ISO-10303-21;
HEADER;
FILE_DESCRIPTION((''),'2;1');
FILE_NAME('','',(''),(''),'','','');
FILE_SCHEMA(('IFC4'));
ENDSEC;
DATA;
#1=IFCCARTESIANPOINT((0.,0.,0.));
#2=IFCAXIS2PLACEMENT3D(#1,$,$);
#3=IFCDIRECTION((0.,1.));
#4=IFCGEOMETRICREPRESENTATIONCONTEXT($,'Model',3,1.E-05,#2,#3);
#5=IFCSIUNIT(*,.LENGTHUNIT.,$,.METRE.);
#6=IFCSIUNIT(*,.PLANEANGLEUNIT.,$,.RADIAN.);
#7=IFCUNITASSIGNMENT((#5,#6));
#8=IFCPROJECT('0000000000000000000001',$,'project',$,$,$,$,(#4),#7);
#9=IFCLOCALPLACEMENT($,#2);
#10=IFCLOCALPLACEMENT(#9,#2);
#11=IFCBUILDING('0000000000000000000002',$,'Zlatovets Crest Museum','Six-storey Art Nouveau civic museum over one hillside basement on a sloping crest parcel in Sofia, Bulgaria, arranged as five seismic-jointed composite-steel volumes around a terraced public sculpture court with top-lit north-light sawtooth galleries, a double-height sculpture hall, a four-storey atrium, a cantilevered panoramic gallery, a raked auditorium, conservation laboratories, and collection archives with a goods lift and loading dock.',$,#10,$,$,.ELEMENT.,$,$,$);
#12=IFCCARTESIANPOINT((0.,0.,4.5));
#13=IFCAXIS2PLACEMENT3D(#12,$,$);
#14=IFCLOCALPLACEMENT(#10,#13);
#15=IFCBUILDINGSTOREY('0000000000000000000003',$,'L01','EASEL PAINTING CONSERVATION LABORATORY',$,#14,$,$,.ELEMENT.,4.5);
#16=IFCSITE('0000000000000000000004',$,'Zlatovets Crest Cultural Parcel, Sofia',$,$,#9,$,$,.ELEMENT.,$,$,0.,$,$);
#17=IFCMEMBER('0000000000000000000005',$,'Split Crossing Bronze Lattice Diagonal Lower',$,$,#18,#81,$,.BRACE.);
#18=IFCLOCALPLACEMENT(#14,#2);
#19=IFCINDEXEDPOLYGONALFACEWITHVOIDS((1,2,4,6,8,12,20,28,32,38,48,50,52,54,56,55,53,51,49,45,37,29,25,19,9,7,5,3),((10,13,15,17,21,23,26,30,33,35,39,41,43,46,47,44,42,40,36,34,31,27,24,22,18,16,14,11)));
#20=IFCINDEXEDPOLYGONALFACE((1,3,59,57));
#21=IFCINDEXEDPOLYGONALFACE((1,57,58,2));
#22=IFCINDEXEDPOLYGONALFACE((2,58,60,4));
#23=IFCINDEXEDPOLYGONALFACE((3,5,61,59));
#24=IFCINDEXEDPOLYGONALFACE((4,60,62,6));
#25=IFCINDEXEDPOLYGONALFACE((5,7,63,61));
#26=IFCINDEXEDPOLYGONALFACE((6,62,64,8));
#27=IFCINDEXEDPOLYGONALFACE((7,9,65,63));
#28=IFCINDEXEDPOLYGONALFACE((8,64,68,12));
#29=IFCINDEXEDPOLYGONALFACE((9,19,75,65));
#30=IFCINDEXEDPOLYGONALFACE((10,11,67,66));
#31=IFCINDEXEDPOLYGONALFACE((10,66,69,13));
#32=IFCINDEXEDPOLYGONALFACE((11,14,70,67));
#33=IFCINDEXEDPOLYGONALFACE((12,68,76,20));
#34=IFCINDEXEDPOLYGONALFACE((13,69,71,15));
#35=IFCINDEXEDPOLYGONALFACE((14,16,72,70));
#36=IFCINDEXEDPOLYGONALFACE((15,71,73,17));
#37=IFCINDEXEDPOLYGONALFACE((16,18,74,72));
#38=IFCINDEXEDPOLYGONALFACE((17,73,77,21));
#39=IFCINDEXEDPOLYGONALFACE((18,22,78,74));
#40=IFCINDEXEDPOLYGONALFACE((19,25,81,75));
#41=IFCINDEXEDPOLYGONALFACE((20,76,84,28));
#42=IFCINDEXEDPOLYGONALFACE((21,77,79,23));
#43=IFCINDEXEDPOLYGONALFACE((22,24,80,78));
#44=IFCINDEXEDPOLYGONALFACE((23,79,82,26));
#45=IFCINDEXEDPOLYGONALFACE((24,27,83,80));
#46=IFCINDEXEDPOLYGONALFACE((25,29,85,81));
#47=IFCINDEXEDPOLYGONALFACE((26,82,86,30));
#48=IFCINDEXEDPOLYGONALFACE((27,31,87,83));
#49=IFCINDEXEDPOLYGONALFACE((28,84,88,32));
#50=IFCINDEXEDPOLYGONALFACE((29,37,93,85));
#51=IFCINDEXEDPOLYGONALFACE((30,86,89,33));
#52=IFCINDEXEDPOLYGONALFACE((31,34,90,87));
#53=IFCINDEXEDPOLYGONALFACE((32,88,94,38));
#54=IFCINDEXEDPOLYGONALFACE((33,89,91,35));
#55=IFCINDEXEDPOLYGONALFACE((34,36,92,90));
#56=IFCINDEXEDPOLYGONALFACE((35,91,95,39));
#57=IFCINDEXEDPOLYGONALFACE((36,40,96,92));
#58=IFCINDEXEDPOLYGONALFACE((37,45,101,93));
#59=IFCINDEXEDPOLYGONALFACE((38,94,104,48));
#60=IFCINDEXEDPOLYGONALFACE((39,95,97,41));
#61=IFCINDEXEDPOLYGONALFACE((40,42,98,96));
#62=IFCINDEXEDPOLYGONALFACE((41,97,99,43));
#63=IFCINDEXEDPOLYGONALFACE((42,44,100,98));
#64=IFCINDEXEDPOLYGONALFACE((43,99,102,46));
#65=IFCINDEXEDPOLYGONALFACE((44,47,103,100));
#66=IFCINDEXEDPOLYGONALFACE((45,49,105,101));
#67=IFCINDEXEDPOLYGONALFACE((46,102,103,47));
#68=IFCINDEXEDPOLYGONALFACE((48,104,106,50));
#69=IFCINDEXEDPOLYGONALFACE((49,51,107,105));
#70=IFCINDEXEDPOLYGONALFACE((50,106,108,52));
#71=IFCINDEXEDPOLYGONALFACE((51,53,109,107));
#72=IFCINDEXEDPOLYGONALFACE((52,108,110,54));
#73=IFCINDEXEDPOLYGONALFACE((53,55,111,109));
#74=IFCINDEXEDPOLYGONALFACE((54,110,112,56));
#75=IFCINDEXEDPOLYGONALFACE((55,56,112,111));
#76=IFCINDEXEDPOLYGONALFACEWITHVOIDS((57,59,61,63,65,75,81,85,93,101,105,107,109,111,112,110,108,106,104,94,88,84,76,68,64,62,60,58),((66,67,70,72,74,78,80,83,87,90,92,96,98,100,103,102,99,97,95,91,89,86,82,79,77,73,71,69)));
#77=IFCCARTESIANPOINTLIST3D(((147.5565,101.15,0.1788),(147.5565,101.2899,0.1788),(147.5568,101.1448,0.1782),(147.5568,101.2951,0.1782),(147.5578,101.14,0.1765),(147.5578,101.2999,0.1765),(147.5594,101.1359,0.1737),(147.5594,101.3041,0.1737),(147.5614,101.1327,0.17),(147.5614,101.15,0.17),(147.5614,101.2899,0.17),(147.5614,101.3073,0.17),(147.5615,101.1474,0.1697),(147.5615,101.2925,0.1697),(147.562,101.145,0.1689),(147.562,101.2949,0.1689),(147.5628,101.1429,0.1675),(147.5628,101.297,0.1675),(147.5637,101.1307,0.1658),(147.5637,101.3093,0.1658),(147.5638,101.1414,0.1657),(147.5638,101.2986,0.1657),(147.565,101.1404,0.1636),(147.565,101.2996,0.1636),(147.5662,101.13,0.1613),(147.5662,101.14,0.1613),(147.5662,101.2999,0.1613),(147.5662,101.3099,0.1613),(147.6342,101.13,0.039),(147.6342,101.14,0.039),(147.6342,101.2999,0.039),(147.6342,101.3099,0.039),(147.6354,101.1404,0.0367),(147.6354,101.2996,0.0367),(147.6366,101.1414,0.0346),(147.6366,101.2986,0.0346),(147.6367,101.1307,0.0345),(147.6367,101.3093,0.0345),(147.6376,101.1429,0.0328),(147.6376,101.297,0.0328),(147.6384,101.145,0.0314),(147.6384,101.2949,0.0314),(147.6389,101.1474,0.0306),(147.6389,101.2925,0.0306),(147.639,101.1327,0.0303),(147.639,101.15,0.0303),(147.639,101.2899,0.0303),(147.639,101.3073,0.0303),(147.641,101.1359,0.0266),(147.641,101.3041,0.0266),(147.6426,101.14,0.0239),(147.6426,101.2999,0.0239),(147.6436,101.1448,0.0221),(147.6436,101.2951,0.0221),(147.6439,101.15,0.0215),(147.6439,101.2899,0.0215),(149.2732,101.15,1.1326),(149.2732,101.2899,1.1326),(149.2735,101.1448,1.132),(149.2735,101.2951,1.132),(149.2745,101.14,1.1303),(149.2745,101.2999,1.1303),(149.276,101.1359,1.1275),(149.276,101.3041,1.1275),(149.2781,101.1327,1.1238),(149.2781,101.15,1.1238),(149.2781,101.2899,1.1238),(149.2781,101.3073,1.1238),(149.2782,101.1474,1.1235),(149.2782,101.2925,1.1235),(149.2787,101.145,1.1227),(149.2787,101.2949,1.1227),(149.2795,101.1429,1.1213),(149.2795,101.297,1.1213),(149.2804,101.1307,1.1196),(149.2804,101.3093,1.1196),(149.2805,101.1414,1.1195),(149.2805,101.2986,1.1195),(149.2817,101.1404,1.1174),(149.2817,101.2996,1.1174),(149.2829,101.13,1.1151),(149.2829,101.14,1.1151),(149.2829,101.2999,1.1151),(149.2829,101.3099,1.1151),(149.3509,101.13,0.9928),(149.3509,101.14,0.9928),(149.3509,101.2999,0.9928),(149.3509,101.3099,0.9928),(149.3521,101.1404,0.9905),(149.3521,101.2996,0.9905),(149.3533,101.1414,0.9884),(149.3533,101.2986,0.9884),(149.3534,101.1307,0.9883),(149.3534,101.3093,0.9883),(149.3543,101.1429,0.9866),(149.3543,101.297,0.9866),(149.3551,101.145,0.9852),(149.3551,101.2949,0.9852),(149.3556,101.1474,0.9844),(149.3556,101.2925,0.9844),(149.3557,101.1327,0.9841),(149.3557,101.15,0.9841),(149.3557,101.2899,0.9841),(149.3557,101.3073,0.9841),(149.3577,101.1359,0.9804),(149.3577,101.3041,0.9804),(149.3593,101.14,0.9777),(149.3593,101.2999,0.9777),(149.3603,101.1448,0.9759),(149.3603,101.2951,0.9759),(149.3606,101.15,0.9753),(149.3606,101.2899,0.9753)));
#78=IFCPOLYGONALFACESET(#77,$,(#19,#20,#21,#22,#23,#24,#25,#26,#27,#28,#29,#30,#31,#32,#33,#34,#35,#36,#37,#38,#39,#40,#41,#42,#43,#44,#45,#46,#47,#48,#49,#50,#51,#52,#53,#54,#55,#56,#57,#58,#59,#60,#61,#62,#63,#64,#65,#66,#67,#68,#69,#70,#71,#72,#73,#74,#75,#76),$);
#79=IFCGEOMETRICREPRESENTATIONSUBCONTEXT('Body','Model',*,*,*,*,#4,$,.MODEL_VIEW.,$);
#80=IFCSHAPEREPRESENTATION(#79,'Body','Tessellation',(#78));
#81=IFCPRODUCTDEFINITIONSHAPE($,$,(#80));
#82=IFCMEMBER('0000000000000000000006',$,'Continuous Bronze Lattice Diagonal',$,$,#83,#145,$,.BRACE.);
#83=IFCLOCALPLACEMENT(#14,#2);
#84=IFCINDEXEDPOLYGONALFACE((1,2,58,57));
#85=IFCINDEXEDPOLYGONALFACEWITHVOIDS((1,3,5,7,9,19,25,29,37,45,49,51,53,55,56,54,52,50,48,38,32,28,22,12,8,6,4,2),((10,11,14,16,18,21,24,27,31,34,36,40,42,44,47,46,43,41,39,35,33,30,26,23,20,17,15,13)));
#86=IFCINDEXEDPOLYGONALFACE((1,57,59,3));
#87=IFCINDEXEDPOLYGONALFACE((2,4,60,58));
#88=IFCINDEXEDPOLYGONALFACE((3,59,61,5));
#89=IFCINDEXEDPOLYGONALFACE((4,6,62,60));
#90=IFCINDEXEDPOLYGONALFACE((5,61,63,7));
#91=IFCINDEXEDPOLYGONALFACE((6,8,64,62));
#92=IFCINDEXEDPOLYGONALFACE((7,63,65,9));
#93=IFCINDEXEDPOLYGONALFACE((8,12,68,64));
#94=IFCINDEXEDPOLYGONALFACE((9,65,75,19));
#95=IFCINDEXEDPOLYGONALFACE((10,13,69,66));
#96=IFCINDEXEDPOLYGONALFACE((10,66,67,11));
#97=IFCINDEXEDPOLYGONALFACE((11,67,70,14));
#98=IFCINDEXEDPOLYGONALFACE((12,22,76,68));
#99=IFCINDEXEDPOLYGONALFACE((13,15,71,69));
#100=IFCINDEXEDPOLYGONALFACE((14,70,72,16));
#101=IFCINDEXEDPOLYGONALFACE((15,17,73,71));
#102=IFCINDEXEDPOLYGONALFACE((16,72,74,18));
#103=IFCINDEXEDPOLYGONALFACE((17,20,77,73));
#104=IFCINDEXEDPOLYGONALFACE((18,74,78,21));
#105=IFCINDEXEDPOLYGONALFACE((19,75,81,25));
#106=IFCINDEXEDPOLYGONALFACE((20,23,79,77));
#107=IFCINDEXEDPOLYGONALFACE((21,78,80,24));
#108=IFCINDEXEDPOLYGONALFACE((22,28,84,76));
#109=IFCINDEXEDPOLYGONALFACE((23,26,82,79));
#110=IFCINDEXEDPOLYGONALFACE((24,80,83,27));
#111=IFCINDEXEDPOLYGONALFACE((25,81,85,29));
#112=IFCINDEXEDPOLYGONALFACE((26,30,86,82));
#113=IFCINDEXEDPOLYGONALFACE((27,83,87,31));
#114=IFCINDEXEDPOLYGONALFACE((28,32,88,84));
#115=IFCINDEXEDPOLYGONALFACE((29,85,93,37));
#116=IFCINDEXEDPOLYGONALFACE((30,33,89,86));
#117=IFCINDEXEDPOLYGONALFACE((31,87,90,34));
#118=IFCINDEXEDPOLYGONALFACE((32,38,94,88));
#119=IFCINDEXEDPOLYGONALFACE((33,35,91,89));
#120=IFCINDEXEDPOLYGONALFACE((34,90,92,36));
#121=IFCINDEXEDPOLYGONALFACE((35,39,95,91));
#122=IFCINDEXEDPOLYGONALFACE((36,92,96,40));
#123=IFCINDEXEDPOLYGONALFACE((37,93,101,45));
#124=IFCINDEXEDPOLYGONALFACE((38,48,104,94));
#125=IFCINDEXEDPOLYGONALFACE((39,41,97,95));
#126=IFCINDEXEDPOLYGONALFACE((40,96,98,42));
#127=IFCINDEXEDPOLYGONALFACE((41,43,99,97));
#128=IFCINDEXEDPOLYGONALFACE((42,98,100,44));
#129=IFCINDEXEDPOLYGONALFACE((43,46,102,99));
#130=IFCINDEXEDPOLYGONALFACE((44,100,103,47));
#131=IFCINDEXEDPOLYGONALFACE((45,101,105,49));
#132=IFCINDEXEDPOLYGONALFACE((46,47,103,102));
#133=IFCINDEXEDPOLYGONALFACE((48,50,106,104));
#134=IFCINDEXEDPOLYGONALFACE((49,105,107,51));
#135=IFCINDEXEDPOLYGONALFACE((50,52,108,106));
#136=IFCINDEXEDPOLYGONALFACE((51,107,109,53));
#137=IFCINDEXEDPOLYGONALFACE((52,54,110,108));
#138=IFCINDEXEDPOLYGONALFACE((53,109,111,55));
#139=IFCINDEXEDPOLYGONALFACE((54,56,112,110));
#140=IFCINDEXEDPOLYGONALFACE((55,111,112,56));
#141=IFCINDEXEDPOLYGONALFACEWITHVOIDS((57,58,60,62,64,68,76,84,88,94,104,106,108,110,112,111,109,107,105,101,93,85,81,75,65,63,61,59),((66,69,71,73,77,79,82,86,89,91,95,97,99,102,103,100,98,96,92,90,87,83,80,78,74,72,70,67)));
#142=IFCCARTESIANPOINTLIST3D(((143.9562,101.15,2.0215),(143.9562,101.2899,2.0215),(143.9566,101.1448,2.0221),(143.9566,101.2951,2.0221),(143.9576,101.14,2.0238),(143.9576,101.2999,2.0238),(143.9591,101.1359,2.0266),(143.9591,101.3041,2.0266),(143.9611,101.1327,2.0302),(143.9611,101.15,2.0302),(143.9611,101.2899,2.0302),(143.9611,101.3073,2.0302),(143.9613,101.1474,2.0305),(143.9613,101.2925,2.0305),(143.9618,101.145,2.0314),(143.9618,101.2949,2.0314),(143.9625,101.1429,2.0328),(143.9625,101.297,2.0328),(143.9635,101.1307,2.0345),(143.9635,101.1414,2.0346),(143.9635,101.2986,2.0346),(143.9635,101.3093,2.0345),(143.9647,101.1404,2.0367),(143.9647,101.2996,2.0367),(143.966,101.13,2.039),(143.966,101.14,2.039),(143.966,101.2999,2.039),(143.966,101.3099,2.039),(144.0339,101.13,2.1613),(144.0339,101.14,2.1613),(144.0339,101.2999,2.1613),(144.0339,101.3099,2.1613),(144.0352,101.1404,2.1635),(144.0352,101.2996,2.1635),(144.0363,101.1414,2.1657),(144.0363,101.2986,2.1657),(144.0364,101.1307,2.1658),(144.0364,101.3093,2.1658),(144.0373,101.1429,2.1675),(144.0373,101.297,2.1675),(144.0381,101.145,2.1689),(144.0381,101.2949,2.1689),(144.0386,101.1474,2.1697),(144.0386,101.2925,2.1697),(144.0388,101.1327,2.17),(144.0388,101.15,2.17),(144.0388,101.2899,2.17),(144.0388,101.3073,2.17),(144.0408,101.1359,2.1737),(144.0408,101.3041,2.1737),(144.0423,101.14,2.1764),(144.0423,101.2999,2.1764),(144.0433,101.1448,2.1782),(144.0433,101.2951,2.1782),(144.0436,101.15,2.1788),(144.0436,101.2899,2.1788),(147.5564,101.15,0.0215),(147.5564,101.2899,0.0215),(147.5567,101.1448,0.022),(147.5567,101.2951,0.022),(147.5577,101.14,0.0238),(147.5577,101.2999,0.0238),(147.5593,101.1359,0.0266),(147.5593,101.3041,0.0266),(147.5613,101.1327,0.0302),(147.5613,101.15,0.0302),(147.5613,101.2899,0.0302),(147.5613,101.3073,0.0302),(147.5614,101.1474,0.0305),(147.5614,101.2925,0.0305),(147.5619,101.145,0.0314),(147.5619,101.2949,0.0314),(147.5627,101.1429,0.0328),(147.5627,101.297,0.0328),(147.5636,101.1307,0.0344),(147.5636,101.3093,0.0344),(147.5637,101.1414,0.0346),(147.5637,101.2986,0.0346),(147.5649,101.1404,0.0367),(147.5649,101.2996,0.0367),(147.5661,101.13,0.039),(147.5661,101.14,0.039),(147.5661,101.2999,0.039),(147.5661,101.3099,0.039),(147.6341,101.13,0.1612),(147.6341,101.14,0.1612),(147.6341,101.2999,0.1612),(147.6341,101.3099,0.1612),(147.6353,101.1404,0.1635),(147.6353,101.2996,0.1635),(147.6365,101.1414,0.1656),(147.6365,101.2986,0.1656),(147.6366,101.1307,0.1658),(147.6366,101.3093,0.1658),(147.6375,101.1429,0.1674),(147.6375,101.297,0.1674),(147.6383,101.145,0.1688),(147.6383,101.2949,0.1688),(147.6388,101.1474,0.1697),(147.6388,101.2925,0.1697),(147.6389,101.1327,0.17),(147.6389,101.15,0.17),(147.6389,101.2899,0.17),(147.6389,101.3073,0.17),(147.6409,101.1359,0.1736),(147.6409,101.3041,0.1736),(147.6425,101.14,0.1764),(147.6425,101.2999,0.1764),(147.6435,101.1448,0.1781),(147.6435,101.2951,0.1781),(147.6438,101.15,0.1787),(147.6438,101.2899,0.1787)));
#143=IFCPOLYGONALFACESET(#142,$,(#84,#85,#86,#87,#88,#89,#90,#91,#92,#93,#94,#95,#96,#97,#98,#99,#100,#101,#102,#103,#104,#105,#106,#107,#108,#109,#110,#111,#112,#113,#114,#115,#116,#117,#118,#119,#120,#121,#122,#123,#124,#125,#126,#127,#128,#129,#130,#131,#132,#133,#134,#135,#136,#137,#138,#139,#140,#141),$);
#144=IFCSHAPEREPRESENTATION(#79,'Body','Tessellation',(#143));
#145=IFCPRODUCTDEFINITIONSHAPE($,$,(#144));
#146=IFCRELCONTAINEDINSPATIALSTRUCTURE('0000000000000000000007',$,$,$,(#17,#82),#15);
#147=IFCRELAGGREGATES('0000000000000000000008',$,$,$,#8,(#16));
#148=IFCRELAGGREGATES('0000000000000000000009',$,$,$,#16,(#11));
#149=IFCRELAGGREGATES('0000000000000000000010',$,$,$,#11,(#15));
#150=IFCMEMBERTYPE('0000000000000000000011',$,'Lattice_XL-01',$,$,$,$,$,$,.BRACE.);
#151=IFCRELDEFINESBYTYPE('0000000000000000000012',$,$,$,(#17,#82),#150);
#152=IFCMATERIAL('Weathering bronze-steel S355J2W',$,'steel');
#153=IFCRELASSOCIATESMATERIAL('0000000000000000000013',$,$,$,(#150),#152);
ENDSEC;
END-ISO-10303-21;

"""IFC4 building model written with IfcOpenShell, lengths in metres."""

from ifc_helpers import new_model, si_unit, direction, frame, origin, origin_2d, place, context, subcontext, project, spatial, hollow_rectangle, extrude, material, material_profile, profile_set, type_object, element, save


model = new_model("IFC4")

# Units and contexts
model_context = context("Model", 3, precision=1e-05, world=origin(), true_north=direction((0.0, 1.0)))
body_context = subcontext(model_context, "Body", "Model", "MODEL_VIEW")
ifc_project = project(units=[si_unit("LENGTHUNIT", "METRE"), si_unit("PLANEANGLEUNIT", "RADIAN")], contexts=[model_context])

# Site, building, storey
site_placement = place(None, origin())
site = spatial("IfcSite", under=ifc_project, at=site_placement, Name="Zlatovets Crest Cultural Parcel, Sofia", CompositionType="ELEMENT", RefElevation=0.0)
building_placement = place(site_placement, origin())
building = spatial("IfcBuilding", under=site, at=building_placement, Name="Zlatovets Crest Museum", Description="Six-storey Art Nouveau civic museum over one hillside basement on a sloping crest parcel in Sofia, Bulgaria, arranged as five seismic-jointed composite-steel volumes around a terraced public sculpture court with top-lit north-light sawtooth galleries, a double-height sculpture hall, a four-storey atrium, a cantilevered panoramic gallery, a raked auditorium, conservation laboratories, and collection archives with a goods lift and loading dock.", CompositionType="ELEMENT")
storey_placement = place(building_placement, frame((0.0, 0.0, 4.5)))
storey = spatial("IfcBuildingStorey", under=building, at=storey_placement, Name="L01", Description="EASEL PAINTING CONSERVATION LABORATORY", CompositionType="ELEMENT", Elevation=4.5)

# Members
ifc_material_1 = material(Name="Weathering bronze-steel S355J2W", Category="steel")
ifc_material_profile_1 = material_profile(ifc_material_1, hollow_rectangle(XDim=0.1799, YDim=0.1799, WallThickness=0.01, InnerFilletRadius=0.01, OuterFilletRadius=0.02, at=origin_2d()), Name="SHS 180x180x10.0")
ifc_profile_set_1 = profile_set([ifc_material_profile_1], Name="Weathering bronze-steel S355J2W")
member_type_1 = type_object("IfcMemberType", Name="Lattice_XL-01", PredefinedType="BRACE", material=ifc_profile_set_1)
member_1_placement = place(storey_placement, frame((149.3169, 101.22, 1.054), z_axis=(-0.87414, 0.0, -0.485675), x_axis=(0.0, -1.0, 0.0)))
element("IfcMember", 1, at=member_1_placement, inside=storey, type_object=member_type_1, Name="Split Crossing Bronze Lattice Diagonal Lower", PredefinedType="BRACE", context=body_context, shape_type="SweptSolid", body=[
    extrude(hollow_rectangle(XDim=0.1799, YDim=0.1799, WallThickness=0.01, InnerFilletRadius=0.01, OuterFilletRadius=0.02, at=origin_2d()), origin(), (0.0, 0.0, 1.0), 1.9639),
])
member_2_placement = place(storey_placement, frame((147.6001, 101.22, 0.1001), z_axis=(-0.874163, 0.0, 0.485633), x_axis=(0.0, -1.0, 0.0)))
element("IfcMember", 2, at=member_2_placement, inside=storey, type_object=member_type_1, Name="Continuous Bronze Lattice Diagonal", PredefinedType="BRACE", context=body_context, shape_type="SweptSolid", body=[
    extrude(hollow_rectangle(XDim=0.1799, YDim=0.1799, WallThickness=0.01, InnerFilletRadius=0.01, OuterFilletRadius=0.02, at=origin_2d()), origin(), (0.0, 0.0, 1.0), 4.1184),
])

save(model, "model.ifc")
